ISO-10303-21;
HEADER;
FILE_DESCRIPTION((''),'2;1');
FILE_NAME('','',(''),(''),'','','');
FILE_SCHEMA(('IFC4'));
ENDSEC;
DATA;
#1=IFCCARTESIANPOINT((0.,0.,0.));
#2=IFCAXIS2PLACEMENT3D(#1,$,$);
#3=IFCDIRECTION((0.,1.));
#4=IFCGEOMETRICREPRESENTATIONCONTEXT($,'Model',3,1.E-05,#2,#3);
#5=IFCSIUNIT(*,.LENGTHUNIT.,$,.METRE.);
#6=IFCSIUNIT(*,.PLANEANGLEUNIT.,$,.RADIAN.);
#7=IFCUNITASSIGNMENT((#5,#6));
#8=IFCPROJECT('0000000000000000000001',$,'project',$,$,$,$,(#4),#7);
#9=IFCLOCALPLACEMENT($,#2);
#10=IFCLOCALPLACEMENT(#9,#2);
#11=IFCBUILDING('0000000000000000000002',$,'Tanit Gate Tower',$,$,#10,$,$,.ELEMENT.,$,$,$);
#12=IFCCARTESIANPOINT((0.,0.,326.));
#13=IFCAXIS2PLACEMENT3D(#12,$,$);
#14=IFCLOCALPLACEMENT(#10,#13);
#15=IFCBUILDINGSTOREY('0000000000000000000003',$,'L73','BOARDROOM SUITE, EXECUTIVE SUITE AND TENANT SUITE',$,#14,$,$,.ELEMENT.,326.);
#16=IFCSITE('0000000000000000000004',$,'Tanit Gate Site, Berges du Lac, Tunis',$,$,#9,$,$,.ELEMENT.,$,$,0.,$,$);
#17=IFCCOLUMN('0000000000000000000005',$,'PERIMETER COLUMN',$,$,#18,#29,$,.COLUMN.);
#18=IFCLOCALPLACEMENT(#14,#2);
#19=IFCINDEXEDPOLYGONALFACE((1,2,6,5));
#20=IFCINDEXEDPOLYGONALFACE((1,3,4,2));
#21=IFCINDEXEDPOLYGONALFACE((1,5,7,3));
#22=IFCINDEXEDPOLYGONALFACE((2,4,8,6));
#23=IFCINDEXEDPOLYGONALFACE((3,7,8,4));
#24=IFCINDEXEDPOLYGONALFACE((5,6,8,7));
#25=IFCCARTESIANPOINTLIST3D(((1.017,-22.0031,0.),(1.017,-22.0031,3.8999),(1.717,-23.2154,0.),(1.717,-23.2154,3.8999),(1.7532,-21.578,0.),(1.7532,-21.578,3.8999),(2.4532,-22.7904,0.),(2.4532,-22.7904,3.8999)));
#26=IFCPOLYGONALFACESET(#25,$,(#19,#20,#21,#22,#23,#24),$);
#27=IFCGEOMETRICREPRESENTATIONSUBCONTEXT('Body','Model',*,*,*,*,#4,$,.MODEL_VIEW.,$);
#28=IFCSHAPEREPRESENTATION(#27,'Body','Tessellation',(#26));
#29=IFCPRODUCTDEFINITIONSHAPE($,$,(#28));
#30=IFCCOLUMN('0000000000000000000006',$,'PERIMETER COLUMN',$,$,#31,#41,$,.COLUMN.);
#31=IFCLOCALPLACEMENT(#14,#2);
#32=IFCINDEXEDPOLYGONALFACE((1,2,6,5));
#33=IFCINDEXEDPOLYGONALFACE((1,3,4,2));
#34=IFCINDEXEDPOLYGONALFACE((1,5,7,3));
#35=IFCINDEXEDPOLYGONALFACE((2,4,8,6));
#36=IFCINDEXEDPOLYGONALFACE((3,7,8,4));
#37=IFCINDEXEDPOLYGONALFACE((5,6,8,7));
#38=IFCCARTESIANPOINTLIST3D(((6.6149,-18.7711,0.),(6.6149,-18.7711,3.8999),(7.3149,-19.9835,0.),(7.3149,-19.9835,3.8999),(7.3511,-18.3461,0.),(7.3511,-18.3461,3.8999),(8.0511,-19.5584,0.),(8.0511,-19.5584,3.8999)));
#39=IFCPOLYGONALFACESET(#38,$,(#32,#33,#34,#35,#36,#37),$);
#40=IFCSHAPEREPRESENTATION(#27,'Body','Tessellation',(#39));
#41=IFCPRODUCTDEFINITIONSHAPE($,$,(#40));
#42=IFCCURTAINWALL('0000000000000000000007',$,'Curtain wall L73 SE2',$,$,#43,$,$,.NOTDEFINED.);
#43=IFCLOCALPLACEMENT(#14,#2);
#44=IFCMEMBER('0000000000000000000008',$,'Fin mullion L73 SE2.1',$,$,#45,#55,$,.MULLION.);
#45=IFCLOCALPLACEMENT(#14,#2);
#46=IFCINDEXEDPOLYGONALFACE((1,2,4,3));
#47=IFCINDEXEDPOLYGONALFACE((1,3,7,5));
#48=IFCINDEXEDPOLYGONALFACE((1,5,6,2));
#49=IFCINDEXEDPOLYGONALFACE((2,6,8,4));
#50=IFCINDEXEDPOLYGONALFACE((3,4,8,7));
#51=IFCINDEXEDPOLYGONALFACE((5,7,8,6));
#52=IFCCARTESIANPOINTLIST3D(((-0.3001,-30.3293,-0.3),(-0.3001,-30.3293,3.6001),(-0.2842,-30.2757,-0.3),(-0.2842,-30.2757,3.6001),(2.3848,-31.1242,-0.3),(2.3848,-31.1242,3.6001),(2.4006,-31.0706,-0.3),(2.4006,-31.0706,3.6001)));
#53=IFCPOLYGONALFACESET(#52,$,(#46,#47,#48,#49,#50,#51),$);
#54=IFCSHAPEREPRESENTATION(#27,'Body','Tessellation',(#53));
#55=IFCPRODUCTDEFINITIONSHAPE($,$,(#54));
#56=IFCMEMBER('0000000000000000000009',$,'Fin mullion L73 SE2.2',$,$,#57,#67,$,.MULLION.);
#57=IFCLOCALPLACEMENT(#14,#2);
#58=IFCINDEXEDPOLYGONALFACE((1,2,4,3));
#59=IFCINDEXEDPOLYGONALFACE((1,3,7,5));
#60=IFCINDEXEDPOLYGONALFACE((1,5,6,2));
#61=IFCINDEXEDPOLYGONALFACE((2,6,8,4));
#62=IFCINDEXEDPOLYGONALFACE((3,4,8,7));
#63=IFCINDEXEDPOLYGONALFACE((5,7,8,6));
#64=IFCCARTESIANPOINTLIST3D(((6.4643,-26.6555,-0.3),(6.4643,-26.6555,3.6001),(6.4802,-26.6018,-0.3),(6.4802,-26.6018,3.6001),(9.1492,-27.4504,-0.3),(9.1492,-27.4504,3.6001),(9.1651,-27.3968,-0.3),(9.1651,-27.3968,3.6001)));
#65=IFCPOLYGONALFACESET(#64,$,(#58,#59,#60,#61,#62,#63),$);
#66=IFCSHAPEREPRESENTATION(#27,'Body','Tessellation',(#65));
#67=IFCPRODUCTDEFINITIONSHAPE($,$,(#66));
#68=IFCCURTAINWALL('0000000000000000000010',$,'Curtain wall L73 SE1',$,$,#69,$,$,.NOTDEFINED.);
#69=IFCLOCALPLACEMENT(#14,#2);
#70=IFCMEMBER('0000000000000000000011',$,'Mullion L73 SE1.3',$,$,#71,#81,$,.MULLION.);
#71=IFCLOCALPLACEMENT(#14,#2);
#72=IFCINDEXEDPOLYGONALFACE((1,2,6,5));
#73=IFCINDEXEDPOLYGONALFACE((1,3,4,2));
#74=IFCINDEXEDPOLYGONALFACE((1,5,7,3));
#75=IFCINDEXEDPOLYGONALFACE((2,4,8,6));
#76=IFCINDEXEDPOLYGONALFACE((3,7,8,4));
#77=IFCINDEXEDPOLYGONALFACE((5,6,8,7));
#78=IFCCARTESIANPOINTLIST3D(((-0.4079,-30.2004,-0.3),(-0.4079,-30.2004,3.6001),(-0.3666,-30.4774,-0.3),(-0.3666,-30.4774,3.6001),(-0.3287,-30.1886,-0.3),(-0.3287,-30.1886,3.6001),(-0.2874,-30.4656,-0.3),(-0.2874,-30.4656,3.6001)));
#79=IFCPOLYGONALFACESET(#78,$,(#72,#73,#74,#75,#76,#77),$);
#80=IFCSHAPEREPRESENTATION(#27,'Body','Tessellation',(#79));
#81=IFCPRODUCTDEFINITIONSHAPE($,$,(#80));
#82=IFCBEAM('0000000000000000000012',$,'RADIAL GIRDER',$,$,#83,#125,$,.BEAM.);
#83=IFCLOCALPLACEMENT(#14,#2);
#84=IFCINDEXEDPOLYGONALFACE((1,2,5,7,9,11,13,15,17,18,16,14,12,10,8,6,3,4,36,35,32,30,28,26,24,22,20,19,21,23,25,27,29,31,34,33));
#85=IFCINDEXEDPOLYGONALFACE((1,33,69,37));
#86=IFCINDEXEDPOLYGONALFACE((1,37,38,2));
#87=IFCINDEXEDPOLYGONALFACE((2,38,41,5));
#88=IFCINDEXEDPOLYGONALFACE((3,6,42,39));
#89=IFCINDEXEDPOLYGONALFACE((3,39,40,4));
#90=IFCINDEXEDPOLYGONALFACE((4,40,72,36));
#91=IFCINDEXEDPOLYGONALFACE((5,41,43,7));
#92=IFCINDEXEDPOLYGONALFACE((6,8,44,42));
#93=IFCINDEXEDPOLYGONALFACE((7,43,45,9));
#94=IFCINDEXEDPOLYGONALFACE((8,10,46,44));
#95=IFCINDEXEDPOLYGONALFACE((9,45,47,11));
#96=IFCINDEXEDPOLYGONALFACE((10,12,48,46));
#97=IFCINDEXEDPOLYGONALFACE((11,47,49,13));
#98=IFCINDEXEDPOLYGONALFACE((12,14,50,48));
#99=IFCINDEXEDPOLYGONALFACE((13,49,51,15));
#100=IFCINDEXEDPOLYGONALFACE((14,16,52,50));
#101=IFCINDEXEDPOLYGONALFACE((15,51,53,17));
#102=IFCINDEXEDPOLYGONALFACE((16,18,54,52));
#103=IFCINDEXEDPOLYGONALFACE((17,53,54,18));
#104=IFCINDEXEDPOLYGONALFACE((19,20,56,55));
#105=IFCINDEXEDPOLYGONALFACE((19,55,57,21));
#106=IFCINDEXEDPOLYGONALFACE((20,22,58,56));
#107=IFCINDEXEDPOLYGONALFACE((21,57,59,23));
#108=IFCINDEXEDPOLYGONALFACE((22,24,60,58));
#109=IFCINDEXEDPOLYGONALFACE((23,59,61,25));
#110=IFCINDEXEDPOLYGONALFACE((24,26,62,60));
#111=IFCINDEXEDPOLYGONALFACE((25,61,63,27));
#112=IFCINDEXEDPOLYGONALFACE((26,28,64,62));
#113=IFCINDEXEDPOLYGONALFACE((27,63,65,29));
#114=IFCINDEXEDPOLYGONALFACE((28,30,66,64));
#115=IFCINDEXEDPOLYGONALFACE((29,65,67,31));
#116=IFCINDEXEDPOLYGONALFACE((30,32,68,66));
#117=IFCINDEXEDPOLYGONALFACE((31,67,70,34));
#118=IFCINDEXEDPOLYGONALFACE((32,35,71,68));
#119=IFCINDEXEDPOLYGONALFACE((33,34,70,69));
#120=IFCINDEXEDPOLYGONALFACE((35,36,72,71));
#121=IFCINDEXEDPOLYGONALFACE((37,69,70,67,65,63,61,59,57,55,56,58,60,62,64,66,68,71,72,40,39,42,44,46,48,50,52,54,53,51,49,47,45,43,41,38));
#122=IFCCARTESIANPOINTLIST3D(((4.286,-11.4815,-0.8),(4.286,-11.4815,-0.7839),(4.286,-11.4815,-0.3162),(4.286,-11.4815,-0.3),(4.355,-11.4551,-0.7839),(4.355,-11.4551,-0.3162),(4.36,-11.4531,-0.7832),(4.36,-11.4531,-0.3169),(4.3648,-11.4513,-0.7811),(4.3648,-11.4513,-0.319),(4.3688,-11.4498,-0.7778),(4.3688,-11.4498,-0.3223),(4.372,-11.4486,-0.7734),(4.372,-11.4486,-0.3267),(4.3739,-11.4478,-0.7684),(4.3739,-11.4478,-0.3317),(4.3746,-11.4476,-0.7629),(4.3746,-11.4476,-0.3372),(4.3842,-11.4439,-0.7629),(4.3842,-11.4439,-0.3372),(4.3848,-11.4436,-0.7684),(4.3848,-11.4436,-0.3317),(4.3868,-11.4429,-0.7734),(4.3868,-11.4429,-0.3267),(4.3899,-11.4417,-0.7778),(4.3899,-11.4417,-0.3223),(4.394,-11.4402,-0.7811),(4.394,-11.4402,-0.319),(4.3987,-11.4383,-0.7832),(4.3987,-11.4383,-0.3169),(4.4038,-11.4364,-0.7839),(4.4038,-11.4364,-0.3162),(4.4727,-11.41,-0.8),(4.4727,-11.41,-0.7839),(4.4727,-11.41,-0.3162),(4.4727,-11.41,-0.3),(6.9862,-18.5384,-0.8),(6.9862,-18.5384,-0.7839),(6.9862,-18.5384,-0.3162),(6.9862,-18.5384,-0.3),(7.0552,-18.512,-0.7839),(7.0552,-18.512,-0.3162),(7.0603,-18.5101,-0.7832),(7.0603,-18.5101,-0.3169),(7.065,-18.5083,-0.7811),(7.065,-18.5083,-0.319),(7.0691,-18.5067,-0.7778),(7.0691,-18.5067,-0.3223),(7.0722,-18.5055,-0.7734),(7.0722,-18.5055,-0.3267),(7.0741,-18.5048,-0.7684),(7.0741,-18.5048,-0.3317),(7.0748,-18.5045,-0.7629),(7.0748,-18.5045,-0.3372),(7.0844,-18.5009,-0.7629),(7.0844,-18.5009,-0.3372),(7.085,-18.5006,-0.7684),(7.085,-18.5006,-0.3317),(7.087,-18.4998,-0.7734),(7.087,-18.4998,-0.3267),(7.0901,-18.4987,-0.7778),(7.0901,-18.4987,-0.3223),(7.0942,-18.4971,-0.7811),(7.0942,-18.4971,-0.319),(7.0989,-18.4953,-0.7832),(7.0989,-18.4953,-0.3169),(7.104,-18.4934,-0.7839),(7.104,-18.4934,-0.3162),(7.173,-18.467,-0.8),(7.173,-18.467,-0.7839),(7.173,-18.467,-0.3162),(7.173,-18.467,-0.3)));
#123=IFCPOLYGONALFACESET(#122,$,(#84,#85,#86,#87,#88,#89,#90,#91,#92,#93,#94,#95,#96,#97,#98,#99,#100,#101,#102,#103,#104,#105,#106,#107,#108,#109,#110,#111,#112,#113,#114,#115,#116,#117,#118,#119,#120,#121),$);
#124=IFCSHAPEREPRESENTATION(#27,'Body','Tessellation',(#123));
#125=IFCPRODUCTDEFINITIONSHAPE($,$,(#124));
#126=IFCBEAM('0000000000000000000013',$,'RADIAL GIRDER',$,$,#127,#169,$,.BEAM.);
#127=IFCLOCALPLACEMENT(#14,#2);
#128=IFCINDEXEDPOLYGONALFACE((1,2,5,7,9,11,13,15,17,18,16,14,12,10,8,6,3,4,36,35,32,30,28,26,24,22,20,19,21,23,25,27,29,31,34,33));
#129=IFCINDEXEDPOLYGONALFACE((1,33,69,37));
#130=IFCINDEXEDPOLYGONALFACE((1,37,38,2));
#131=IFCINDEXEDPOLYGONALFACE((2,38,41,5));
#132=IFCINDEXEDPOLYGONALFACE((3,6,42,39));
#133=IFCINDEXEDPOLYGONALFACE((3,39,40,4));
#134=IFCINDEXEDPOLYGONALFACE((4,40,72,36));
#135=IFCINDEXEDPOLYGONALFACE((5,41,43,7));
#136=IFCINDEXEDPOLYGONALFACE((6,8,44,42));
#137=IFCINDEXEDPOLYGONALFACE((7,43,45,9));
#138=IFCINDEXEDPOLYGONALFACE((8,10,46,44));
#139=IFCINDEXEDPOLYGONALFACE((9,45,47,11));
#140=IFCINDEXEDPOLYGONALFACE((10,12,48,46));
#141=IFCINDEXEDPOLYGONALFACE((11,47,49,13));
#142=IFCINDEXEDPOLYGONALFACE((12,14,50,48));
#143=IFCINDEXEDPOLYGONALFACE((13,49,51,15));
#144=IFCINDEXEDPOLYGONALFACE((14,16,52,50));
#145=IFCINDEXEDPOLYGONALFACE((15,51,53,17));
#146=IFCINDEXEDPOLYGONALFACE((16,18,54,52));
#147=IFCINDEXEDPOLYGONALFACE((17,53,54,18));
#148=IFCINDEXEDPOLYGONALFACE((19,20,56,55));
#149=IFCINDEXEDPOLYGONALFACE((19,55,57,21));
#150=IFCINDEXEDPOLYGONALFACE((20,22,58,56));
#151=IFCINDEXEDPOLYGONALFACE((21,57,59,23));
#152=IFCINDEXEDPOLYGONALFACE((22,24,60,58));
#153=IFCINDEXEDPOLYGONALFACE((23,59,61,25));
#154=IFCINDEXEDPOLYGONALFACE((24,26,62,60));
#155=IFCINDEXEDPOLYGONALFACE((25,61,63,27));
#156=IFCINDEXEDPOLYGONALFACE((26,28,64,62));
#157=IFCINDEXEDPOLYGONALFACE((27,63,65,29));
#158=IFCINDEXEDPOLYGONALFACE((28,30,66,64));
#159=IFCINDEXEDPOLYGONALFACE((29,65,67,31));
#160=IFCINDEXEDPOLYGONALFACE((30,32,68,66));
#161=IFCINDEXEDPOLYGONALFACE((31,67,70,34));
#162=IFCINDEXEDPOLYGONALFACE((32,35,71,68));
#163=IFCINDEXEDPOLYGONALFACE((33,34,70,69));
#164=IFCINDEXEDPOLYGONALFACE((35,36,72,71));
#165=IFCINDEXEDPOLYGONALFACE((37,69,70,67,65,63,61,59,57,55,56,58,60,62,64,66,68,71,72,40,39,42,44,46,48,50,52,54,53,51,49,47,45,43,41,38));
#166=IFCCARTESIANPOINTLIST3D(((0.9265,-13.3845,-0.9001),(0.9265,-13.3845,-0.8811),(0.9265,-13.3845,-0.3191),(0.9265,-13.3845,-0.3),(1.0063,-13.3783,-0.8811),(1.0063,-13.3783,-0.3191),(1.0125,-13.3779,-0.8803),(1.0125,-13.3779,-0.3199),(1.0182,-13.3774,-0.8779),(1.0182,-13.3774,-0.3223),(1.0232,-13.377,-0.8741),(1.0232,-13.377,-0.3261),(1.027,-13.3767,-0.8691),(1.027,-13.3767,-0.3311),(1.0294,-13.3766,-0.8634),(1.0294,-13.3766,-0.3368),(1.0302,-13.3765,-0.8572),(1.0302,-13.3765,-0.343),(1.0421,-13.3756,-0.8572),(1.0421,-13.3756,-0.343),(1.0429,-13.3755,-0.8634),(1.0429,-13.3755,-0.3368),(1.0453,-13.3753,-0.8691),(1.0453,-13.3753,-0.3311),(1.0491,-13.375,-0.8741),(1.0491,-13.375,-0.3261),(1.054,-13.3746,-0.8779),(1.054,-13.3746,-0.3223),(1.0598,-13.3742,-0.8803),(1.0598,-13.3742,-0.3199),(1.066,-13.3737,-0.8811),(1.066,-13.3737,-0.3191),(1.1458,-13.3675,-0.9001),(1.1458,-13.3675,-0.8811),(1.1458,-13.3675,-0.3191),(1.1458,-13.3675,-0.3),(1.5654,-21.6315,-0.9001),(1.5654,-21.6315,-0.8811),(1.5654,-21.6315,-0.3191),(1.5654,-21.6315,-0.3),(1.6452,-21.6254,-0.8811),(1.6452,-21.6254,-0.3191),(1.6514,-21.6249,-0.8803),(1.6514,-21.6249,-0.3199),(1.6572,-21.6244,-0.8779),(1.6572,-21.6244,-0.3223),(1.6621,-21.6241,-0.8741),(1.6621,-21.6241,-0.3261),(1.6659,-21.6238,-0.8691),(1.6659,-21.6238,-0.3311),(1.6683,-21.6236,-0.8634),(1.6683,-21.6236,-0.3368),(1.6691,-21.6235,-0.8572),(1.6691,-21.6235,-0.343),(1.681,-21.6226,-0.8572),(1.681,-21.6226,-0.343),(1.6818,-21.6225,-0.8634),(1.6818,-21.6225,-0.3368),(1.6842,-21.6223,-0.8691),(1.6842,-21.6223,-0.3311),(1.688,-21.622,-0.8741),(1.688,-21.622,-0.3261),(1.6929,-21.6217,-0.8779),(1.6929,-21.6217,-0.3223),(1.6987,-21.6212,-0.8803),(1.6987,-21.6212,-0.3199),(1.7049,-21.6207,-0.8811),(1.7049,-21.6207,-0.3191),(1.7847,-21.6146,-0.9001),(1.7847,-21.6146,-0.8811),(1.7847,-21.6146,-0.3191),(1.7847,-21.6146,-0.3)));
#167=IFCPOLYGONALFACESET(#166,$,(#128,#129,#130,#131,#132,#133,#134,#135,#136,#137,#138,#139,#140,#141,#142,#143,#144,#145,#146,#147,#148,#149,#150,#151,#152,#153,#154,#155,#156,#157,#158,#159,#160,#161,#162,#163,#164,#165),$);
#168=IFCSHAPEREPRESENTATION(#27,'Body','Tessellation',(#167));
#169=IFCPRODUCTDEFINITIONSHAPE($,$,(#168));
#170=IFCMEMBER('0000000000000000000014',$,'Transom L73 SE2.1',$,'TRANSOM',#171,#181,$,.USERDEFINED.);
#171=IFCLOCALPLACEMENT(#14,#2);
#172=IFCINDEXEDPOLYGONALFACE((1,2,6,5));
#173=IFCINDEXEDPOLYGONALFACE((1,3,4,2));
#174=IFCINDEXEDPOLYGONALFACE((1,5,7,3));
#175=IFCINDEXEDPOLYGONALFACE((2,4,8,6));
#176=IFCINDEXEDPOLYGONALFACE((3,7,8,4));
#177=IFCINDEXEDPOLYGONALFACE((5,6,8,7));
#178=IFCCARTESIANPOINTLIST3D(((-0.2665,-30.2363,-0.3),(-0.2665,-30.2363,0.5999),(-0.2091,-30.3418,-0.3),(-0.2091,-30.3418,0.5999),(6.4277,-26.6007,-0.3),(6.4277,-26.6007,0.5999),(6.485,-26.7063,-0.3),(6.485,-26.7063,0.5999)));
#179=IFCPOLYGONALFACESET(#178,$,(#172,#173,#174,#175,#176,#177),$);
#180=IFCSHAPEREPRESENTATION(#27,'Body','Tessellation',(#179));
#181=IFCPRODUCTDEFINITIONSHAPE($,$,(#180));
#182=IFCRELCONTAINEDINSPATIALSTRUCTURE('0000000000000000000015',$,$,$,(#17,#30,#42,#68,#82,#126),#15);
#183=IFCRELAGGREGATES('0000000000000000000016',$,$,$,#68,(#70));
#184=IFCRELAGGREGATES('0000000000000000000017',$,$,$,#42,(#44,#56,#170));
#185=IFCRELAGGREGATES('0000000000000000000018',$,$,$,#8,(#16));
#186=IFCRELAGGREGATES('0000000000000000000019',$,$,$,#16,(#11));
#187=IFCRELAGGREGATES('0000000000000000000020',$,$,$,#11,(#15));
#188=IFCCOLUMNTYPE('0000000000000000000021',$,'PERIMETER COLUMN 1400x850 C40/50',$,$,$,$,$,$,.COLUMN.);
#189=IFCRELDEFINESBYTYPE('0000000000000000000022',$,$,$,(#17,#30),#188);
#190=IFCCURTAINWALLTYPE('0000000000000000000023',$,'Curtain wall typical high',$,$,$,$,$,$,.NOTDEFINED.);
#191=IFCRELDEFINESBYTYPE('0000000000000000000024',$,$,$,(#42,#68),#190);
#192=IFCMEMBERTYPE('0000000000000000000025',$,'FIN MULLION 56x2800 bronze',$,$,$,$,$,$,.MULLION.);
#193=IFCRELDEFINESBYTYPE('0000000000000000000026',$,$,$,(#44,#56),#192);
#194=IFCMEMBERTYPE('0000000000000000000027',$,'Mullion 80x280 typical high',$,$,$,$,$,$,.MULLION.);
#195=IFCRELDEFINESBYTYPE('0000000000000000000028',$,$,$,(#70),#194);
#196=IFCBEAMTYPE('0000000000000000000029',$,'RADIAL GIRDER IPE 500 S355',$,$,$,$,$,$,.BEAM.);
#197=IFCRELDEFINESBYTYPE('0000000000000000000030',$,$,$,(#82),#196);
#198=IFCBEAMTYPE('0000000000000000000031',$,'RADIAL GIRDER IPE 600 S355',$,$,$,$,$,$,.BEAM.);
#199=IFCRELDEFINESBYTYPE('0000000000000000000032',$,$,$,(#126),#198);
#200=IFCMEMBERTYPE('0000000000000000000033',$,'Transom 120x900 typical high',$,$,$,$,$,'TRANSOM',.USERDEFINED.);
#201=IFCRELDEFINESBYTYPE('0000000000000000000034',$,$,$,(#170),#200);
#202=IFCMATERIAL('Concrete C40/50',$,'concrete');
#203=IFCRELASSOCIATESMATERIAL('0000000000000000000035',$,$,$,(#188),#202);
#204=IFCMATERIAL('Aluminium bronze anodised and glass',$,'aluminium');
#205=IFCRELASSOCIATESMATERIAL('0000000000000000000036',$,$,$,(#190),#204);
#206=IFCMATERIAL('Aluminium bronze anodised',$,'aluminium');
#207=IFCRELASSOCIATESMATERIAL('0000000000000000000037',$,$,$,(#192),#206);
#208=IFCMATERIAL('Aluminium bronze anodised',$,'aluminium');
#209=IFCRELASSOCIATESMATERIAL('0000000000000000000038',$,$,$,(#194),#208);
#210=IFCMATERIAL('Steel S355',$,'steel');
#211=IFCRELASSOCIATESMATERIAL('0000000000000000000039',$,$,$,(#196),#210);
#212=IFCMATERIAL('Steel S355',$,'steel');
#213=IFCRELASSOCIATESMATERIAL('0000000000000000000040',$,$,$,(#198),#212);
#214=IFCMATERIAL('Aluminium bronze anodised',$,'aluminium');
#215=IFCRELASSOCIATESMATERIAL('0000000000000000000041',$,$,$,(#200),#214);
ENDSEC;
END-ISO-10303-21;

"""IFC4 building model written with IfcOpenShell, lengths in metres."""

from ifc_helpers import new_model, si_unit, direction, frame, origin, origin_2d, place, context, subcontext, project, spatial, rectangle, i_section, extrude, material, material_profile, profile_set, type_object, element, aggregate, save


model = new_model("IFC4")

# Units and contexts
model_context = context("Model", 3, precision=1e-05, world=origin(), true_north=direction((0.0, 1.0)))
body_context = subcontext(model_context, "Body", "Model", "MODEL_VIEW")
ifc_project = project(units=[si_unit("LENGTHUNIT", "METRE"), si_unit("PLANEANGLEUNIT", "RADIAN")], contexts=[model_context])

# Site, building, storey
site_placement = place(None, origin())
site = spatial("IfcSite", under=ifc_project, at=site_placement, Name="Tanit Gate Site, Berges du Lac, Tunis", CompositionType="ELEMENT", RefElevation=0.0)
building_placement = place(site_placement, origin())
building = spatial("IfcBuilding", under=site, at=building_placement, Name="Tanit Gate Tower", CompositionType="ELEMENT")
storey_placement = place(building_placement, frame((0.0, 0.0, 326.0)))
storey = spatial("IfcBuildingStorey", under=building, at=storey_placement, Name="L73", Description="BOARDROOM SUITE, EXECUTIVE SUITE AND TENANT SUITE", CompositionType="ELEMENT", Elevation=326.0)

# Columns
ifc_material_1 = material(Name="Concrete C40/50", Category="concrete")
ifc_material_profile_1 = material_profile(ifc_material_1, rectangle(XDim=1.3999, YDim=0.8501, at=origin_2d()), Name="RC 1400x850")
ifc_profile_set_1 = profile_set([ifc_material_profile_1], Name="Concrete C40/50")
column_type = type_object("IfcColumnType", Name="PERIMETER COLUMN 1400x850 C40/50", PredefinedType="COLUMN", material=ifc_profile_set_1)
for number, where, z_axis, x_axis, name in (
    (1, (1.7351, -22.3967, 0.0), (0.0, 0.0, 1.0), (0.5, -0.866025, 0.0), "PERIMETER COLUMN"),
    (2, (7.333, -19.1648, 0.0), (0.0, 0.0, 1.0), (0.5, -0.866025, 0.0), "PERIMETER COLUMN"),
):
    element("IfcColumn", number, at=place(storey_placement, frame(where, z_axis=z_axis, x_axis=x_axis)), inside=storey, type_object=column_type, Name=name, PredefinedType="COLUMN", context=body_context, shape_type="SweptSolid", body=[
        extrude(rectangle(XDim=1.3999, YDim=0.8501, at=origin_2d()), origin(), (0.0, 0.0, 1.0), 3.8999),
    ])

# Curtain wall, members
ifc_material_2 = material(Name="Aluminium bronze anodised and glass", Category="aluminium")
curtain_wall_type = type_object("IfcCurtainWallType", Name="Curtain wall typical high", PredefinedType="NOTDEFINED", material=ifc_material_2)
curtain_wall_1_placement = place(storey_placement, origin())
curtain_wall_1 = element("IfcCurtainWall", 3, at=curtain_wall_1_placement, inside=storey, type_object=curtain_wall_type, Name="Curtain wall L73 SE2", PredefinedType="NOTDEFINED")
ifc_material_3 = material(Name="Aluminium bronze anodised", Category="aluminium")
ifc_material_profile_2 = material_profile(ifc_material_3, rectangle(XDim=2.8, YDim=0.0559, at=origin_2d()), Name="56x2800 bronze fin mullion")
ifc_profile_set_2 = profile_set([ifc_material_profile_2], Name="Aluminium bronze anodised")
member_type_1 = type_object("IfcMemberType", Name="FIN MULLION 56x2800 bronze", PredefinedType="MULLION", material=ifc_profile_set_2)
member_1_placement = place(storey_placement, frame((1.0503, -30.7, -0.3), z_axis=(0.0, 0.0, 1.0), x_axis=(-0.958852, 0.283906, 0.0)))
member_1 = element("IfcMember", 4, at=member_1_placement, type_object=member_type_1, Name="Fin mullion L73 SE2.1", PredefinedType="MULLION", context=body_context, shape_type="SweptSolid", body=[
    extrude(rectangle(XDim=2.8, YDim=0.0559, at=origin_2d()), origin(), (0.0, 0.0, 1.0), 3.9001),
])
member_2_placement = place(storey_placement, frame((7.8147, -27.0261, -0.3), z_axis=(0.0, 0.0, 1.0), x_axis=(-0.958852, 0.283906, 0.0)))
member_2 = element("IfcMember", 5, at=member_2_placement, type_object=member_type_1, Name="Fin mullion L73 SE2.2", PredefinedType="MULLION", context=body_context, shape_type="SweptSolid", body=[
    extrude(rectangle(XDim=2.8, YDim=0.0559, at=origin_2d()), origin(), (0.0, 0.0, 1.0), 3.9001),
])

# Curtain wall, member
curtain_wall_2_placement = place(storey_placement, origin())
curtain_wall_2 = element("IfcCurtainWall", 6, at=curtain_wall_2_placement, inside=storey, type_object=curtain_wall_type, Name="Curtain wall L73 SE1", PredefinedType="NOTDEFINED")
ifc_material_4 = material(Name="Aluminium bronze anodised", Category="aluminium")
ifc_material_profile_3 = material_profile(ifc_material_4, rectangle(XDim=0.28, YDim=0.0801, at=origin_2d()), Name="80x280 bronze mullion")
ifc_profile_set_3 = profile_set([ifc_material_profile_3], Name="Aluminium bronze anodised")
member_type_2 = type_object("IfcMemberType", Name="Mullion 80x280 typical high", PredefinedType="MULLION", material=ifc_profile_set_3)
member_3_placement = place(storey_placement, frame((-0.3477, -30.333, -0.3), z_axis=(0.0, 0.0, 1.0), x_axis=(-0.147205, 0.989106, 0.0)))
member_3 = element("IfcMember", 7, at=member_3_placement, type_object=member_type_2, Name="Mullion L73 SE1.3", PredefinedType="MULLION", context=body_context, shape_type="SweptSolid", body=[
    extrude(rectangle(XDim=0.28, YDim=0.0801, at=origin_2d()), origin(), (0.0, 0.0, 1.0), 3.9001),
])
aggregate(curtain_wall_2, [member_3])

# Beams
ifc_material_5 = material(Name="Steel S355", Category="steel")
ifc_material_profile_4 = material_profile(ifc_material_5, i_section(OverallWidth=0.2, OverallDepth=0.5, WebThickness=0.0103, FlangeThickness=0.0161, FilletRadius=0.021, at=origin_2d()), Name="IPE 500")
ifc_profile_set_4 = profile_set([ifc_material_profile_4], Name="Steel S355")
beam_type_1 = type_object("IfcBeamType", Name="RADIAL GIRDER IPE 500 S355", PredefinedType="BEAM", material=ifc_profile_set_4)
beam_1_placement = place(storey_placement, frame((7.0796, -18.5027, -0.55), z_axis=(-0.357365, 0.933965, 0.0), x_axis=(-0.933965, -0.357365, 0.0)))
element("IfcBeam", 8, at=beam_1_placement, inside=storey, type_object=beam_type_1, Name="RADIAL GIRDER", PredefinedType="BEAM", context=body_context, shape_type="SweptSolid", body=[
    extrude(i_section(OverallWidth=0.2, OverallDepth=0.5, WebThickness=0.0103, FlangeThickness=0.0161, FilletRadius=0.021, at=origin_2d()), origin(), (0.0, 0.0, 1.0), 7.5559),
])
ifc_material_6 = material(Name="Steel S355", Category="steel")
ifc_material_profile_5 = material_profile(ifc_material_6, i_section(OverallWidth=0.22, OverallDepth=0.6001, WebThickness=0.012, FlangeThickness=0.019, FilletRadius=0.0239, at=origin_2d()), Name="IPE 600")
ifc_profile_set_5 = profile_set([ifc_material_profile_5], Name="Steel S355")
beam_type_2 = type_object("IfcBeamType", Name="RADIAL GIRDER IPE 600 S355", PredefinedType="BEAM", material=ifc_profile_set_5)
beam_2_placement = place(storey_placement, frame((1.675, -21.623, -0.6001), z_axis=(-0.07724, 0.997012, 0.0), x_axis=(-0.997012, -0.07724, 0.0)))
element("IfcBeam", 9, at=beam_2_placement, inside=storey, type_object=beam_type_2, Name="RADIAL GIRDER", PredefinedType="BEAM", context=body_context, shape_type="SweptSolid", body=[
    extrude(i_section(OverallWidth=0.22, OverallDepth=0.6001, WebThickness=0.012, FlangeThickness=0.019, FilletRadius=0.0239, at=origin_2d()), origin(), (0.0, 0.0, 1.0), 8.2717),
])

# Member
ifc_material_7 = material(Name="Aluminium bronze anodised", Category="aluminium")
ifc_material_profile_6 = material_profile(ifc_material_7, rectangle(XDim=0.1201, YDim=0.8999, at=origin_2d()), Name="120x900 bronze transom")
ifc_profile_set_6 = profile_set([ifc_material_profile_6], Name="Aluminium bronze anodised")
member_type_3 = type_object("IfcMemberType", Name="Transom 120x900 typical high", ElementType="TRANSOM", PredefinedType="USERDEFINED", material=ifc_profile_set_6)
member_4_placement = place(storey_placement, frame((-0.2378, -30.2891, 0.1499), z_axis=(0.878767, 0.47725, 0.0), x_axis=(-0.47725, 0.878767, 0.0)))
member_4 = element("IfcMember", 10, at=member_4_placement, type_object=member_type_3, Name="Transom L73 SE2.1", ObjectType="TRANSOM", PredefinedType="USERDEFINED", context=body_context, shape_type="SweptSolid", body=[
    extrude(rectangle(XDim=0.1201, YDim=0.8999, at=origin_2d()), origin(), (0.0, 0.0, 1.0), 7.6177),
])

aggregate(curtain_wall_1, [member_1, member_2, member_4])

save(model, "model.ifc")
